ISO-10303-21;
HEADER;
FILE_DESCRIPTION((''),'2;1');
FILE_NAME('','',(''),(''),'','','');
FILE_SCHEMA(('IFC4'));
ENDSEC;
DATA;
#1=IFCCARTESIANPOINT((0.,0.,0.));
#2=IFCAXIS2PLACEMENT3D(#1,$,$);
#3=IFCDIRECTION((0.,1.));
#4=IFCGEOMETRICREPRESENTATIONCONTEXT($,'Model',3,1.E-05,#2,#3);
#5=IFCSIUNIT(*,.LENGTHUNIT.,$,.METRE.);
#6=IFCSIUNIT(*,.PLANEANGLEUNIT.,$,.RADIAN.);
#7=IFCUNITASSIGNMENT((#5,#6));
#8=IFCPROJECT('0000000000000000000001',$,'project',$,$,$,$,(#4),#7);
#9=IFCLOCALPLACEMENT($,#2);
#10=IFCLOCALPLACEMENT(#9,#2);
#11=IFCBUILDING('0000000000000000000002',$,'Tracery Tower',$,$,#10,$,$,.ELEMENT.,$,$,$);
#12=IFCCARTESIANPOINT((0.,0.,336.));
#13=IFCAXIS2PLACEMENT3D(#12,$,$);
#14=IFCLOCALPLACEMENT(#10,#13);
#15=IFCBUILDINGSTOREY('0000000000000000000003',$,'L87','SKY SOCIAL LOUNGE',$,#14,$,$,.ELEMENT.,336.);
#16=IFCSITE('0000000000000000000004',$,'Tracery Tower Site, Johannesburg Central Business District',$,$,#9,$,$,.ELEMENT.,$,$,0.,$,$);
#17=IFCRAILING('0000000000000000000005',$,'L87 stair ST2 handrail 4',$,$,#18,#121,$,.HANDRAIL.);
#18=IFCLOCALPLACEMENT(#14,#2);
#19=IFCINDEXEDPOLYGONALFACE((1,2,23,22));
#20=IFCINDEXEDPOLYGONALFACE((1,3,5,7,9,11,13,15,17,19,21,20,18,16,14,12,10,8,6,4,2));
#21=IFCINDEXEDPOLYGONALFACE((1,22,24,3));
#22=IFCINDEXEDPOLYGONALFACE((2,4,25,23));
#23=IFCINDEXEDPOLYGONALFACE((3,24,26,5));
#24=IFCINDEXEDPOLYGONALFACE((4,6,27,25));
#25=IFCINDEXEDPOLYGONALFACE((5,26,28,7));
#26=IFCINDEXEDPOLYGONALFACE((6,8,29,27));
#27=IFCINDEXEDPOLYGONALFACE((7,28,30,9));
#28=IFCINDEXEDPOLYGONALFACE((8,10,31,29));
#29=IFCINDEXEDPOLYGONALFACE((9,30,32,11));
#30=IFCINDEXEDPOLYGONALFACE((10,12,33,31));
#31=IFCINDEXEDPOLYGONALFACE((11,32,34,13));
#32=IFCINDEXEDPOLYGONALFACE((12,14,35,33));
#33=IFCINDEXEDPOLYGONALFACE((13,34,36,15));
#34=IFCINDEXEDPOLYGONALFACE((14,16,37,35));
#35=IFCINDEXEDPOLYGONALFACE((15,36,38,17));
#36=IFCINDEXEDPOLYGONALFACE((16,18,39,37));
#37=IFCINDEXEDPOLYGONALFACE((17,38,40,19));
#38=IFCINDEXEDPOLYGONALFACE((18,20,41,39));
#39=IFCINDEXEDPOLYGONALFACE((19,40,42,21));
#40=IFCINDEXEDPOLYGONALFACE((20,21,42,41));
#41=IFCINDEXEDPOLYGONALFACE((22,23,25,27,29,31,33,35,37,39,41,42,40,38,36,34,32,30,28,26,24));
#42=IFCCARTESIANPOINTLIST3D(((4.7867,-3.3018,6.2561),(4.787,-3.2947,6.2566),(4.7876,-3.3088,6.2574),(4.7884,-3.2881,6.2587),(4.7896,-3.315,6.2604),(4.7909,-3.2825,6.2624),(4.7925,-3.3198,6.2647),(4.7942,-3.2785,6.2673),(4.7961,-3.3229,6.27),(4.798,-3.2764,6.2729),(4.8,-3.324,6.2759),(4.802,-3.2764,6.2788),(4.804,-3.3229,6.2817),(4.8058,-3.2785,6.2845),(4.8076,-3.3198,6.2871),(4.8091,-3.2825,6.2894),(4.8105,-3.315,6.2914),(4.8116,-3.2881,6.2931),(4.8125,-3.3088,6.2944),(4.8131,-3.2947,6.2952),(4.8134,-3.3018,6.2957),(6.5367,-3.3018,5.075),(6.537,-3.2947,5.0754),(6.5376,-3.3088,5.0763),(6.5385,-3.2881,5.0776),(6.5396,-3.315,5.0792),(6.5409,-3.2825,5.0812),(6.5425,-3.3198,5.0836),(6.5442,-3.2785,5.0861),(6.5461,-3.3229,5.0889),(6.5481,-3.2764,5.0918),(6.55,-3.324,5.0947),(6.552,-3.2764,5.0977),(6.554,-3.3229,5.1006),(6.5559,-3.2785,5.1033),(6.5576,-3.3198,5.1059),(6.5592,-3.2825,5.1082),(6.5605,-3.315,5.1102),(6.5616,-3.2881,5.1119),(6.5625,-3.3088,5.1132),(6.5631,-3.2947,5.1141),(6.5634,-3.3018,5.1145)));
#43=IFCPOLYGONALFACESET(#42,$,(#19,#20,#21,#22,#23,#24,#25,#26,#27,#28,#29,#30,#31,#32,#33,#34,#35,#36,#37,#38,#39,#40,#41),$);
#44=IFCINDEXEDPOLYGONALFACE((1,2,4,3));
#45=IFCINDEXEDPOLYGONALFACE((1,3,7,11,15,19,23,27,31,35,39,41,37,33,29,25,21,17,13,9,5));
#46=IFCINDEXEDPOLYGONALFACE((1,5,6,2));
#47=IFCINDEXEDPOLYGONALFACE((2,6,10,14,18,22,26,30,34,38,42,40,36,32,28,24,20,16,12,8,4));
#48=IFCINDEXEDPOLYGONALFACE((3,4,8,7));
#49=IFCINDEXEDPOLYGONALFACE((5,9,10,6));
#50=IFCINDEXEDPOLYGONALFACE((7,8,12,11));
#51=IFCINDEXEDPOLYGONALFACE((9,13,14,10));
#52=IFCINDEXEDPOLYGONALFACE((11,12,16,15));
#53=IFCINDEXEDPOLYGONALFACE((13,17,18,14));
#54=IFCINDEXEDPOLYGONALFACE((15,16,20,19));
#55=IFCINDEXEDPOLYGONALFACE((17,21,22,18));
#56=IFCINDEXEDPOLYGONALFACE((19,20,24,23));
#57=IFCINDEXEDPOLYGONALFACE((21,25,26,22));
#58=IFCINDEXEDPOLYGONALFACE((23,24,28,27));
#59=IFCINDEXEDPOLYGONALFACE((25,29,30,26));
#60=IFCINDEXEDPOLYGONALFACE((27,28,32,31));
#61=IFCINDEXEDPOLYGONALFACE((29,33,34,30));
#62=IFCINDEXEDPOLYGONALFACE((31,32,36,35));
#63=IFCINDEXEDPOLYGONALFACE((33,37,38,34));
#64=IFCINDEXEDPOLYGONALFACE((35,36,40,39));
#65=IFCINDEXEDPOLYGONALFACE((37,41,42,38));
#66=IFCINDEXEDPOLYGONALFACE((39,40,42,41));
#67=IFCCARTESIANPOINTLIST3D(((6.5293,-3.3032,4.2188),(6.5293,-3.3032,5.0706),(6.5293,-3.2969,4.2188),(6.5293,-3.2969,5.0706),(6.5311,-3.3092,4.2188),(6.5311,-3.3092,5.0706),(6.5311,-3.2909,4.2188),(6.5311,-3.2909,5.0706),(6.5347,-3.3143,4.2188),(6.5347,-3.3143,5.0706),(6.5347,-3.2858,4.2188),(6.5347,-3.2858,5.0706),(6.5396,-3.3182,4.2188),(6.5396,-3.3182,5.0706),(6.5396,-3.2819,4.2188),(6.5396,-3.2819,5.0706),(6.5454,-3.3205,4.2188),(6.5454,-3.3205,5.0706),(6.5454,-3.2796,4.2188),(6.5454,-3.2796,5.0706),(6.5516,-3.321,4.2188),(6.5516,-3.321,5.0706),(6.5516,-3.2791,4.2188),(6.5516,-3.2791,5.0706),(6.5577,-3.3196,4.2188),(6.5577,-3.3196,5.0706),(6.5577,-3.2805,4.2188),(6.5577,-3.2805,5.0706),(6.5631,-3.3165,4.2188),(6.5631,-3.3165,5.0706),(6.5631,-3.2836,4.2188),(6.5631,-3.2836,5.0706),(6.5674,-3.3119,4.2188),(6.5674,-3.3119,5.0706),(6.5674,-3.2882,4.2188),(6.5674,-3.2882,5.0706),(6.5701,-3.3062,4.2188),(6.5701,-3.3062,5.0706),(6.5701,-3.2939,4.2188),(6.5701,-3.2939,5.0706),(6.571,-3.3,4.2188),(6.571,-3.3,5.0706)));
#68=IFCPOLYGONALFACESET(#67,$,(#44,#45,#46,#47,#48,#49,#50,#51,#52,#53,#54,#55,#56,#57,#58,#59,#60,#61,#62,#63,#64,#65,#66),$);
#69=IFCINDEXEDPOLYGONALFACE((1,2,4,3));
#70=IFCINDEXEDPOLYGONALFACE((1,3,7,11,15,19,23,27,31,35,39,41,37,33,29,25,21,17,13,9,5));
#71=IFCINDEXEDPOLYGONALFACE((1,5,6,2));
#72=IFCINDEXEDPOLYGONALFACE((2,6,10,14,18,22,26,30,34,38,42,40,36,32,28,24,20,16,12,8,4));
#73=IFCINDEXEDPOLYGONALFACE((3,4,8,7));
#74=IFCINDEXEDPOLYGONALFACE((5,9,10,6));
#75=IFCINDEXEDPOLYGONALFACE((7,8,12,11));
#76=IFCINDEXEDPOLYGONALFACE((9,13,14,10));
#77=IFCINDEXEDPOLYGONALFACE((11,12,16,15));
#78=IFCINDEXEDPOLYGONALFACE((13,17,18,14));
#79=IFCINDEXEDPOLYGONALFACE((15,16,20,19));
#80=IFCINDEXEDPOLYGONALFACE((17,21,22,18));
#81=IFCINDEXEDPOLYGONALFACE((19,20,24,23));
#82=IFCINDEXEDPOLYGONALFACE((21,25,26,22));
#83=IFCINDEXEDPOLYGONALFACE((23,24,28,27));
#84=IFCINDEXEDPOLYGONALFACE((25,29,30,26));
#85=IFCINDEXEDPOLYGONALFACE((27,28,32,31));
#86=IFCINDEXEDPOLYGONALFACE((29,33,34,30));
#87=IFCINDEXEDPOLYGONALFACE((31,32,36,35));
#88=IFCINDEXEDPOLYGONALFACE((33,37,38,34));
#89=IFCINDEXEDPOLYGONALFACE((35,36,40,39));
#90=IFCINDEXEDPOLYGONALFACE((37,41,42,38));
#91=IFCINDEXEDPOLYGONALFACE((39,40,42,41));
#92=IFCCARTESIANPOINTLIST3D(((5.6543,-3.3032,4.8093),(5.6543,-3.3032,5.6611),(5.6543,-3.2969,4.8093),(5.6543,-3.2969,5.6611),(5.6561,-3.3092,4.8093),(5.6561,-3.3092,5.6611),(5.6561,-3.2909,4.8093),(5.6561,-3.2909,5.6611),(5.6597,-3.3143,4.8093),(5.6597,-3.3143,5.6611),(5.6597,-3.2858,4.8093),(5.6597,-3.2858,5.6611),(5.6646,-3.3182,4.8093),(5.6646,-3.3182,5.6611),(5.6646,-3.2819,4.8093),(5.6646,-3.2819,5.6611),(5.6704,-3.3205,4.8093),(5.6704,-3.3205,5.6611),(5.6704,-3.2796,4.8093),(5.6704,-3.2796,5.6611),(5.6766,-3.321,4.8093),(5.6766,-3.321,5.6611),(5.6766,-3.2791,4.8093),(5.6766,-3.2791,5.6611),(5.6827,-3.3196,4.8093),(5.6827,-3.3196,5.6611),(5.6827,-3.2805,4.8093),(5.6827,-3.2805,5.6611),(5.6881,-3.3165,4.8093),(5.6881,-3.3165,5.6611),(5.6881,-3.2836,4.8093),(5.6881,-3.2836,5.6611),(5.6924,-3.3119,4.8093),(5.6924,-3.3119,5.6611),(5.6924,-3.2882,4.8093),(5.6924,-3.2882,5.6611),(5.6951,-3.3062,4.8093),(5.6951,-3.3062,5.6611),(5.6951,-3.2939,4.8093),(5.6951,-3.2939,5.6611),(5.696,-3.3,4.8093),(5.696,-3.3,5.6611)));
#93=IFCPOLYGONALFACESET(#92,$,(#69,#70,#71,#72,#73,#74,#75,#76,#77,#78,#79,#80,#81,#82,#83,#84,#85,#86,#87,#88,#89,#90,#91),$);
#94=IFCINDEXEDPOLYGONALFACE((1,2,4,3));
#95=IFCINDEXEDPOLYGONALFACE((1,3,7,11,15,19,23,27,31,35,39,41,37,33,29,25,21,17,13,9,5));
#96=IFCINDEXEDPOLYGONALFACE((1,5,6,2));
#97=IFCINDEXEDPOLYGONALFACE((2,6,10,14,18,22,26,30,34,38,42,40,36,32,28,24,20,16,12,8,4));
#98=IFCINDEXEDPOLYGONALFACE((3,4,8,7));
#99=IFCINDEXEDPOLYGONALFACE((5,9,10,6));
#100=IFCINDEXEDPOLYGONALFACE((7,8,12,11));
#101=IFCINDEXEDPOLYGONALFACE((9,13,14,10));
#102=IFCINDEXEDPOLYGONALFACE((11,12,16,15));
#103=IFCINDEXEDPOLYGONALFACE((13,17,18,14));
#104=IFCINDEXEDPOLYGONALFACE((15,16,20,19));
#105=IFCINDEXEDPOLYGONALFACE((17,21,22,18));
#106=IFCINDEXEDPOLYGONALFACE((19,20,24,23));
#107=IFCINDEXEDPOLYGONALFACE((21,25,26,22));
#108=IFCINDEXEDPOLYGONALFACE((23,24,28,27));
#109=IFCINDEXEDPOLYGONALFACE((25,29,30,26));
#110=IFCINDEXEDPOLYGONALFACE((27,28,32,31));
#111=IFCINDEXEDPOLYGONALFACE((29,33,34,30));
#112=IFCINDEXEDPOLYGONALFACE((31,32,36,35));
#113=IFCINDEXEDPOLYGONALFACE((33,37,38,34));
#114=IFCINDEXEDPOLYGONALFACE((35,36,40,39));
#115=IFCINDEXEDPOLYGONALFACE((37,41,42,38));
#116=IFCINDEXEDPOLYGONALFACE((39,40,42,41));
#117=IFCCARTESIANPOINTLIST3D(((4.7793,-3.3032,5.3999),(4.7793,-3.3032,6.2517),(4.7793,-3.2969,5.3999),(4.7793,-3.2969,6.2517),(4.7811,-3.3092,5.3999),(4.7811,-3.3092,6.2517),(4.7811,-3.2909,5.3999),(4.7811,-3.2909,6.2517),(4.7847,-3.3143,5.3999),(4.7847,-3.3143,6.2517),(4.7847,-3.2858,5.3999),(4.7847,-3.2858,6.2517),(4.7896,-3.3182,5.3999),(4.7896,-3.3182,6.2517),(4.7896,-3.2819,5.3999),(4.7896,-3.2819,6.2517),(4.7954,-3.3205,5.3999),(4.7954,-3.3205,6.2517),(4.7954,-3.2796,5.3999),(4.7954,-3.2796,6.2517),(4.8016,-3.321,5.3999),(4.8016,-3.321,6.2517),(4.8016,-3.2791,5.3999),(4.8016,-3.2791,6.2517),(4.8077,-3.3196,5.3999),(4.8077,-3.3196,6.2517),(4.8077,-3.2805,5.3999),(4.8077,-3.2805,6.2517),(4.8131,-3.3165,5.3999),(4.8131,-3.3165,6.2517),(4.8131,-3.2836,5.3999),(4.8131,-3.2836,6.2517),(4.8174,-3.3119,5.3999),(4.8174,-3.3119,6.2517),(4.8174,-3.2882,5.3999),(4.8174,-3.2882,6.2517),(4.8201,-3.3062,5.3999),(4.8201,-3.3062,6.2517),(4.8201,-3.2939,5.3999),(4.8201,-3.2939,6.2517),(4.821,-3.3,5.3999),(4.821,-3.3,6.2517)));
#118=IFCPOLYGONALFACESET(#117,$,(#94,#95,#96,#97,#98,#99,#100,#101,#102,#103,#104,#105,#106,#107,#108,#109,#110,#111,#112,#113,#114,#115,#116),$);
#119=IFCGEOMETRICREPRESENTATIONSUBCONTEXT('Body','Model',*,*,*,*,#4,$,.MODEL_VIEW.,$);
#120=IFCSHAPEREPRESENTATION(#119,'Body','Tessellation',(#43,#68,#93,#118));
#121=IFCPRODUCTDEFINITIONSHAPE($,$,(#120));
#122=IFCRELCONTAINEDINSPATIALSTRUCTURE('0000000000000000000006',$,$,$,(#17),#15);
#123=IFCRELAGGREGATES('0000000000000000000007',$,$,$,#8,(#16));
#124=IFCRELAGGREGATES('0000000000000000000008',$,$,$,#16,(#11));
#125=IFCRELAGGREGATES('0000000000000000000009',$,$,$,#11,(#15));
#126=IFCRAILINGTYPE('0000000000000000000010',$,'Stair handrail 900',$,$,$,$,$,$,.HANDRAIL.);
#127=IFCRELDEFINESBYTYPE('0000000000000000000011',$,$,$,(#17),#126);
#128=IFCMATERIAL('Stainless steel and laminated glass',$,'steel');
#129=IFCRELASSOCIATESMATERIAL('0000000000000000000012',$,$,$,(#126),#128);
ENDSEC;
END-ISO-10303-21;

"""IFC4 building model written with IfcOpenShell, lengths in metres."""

from ifc_helpers import new_model, si_unit, direction, frame, origin, origin_2d, place, context, subcontext, project, spatial, circle, extrude, material, type_object, element, save


model = new_model("IFC4")

# Units and contexts
model_context = context("Model", 3, precision=1e-05, world=origin(), true_north=direction((0.0, 1.0)))
body_context = subcontext(model_context, "Body", "Model", "MODEL_VIEW")
ifc_project = project(units=[si_unit("LENGTHUNIT", "METRE"), si_unit("PLANEANGLEUNIT", "RADIAN")], contexts=[model_context])

# Site, building, storey
site_placement = place(None, origin())
site = spatial("IfcSite", under=ifc_project, at=site_placement, Name="Tracery Tower Site, Johannesburg Central Business District", CompositionType="ELEMENT", RefElevation=0.0)
building_placement = place(site_placement, origin())
building = spatial("IfcBuilding", under=site, at=building_placement, Name="Tracery Tower", CompositionType="ELEMENT")
storey_placement = place(building_placement, frame((0.0, 0.0, 336.0)))
storey = spatial("IfcBuildingStorey", under=building, at=storey_placement, Name="L87", Description="SKY SOCIAL LOUNGE", CompositionType="ELEMENT", Elevation=336.0)

# Railing
ifc_material_1 = material(Name="Stainless steel and laminated glass", Category="steel")
railing_type_1 = type_object("IfcRailingType", Name="Stair handrail 900", PredefinedType="HANDRAIL", material=ifc_material_1)
railing_1_placement = place(storey_placement, frame((6.55, -3.3, 4.2188)))
element("IfcRailing", 1, at=railing_1_placement, inside=storey, type_object=railing_type_1, Name="L87 stair ST2 handrail 4", PredefinedType="HANDRAIL", context=body_context, shape_type="SweptSolid", body=[
    extrude(circle(Radius=0.0239, at=origin_2d()), frame((0.0, 0.0, 0.876), z_axis=(-0.82887, 0.0, 0.559441), x_axis=(0.0, -1.0, 0.0)), (0.0, 0.0, 1.0), 2.1113),
    extrude(circle(Radius=0.021, at=origin_2d()), origin(), (0.0, 0.0, 1.0), 0.8518),
    extrude(circle(Radius=0.021, at=origin_2d()), frame((-0.875, 0.0, 0.5906)), (0.0, 0.0, 1.0), 0.8518),
    extrude(circle(Radius=0.021, at=origin_2d()), frame((-1.75, 0.0, 1.1812)), (0.0, 0.0, 1.0), 0.8518),
])

save(model, "model.ifc")
